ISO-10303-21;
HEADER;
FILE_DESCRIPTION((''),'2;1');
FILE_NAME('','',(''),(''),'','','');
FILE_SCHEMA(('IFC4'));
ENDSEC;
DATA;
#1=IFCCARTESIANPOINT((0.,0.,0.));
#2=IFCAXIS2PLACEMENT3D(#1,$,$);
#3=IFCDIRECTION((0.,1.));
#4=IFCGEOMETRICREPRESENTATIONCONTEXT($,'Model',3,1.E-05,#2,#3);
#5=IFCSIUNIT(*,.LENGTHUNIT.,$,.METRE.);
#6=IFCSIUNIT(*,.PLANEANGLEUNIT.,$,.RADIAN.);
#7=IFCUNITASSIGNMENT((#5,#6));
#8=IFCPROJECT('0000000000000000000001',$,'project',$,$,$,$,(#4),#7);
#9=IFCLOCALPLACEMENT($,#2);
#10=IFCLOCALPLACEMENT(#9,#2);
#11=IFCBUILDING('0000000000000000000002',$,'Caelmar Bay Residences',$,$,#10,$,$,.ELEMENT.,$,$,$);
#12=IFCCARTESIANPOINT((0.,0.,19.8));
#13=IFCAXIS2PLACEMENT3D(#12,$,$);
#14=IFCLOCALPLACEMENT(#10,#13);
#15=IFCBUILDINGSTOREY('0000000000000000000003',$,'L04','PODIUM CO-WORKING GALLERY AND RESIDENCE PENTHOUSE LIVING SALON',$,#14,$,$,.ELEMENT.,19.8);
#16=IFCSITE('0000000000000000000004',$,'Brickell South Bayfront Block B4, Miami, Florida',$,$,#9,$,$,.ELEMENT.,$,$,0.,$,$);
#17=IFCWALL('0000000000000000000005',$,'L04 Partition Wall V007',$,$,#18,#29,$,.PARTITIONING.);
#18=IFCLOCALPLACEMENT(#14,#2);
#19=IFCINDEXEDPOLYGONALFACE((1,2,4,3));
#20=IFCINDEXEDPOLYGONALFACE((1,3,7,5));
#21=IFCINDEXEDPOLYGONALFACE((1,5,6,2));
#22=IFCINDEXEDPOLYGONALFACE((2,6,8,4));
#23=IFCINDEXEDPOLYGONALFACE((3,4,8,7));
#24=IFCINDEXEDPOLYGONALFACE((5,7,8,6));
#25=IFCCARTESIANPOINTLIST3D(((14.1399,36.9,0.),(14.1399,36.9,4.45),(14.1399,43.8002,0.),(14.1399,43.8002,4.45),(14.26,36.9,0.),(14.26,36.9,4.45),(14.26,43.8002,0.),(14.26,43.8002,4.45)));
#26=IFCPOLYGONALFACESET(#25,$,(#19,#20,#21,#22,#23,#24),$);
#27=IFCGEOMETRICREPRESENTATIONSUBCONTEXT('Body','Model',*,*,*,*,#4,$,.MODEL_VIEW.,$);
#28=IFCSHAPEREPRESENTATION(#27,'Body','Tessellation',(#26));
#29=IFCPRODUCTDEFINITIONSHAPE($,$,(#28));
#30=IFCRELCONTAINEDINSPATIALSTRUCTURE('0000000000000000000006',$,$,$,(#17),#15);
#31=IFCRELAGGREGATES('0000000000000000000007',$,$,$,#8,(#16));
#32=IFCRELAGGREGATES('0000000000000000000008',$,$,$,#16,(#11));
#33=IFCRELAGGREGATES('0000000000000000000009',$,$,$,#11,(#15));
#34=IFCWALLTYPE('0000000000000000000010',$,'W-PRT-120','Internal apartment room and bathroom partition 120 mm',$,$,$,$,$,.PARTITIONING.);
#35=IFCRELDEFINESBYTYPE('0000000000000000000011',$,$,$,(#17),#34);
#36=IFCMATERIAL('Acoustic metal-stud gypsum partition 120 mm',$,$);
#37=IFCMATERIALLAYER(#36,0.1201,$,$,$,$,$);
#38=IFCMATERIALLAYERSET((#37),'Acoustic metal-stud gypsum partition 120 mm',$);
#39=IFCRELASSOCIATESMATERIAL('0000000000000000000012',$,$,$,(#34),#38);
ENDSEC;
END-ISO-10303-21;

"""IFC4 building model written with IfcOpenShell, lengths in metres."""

from ifc_helpers import new_model, si_unit, direction, frame, frame_2d, origin, place, context, subcontext, project, spatial, rectangle, extrude, material, layer, layer_set, type_object, element, save


model = new_model("IFC4")

# Units and contexts
model_context = context("Model", 3, precision=1e-05, world=origin(), true_north=direction((0.0, 1.0)))
body_context = subcontext(model_context, "Body", "Model", "MODEL_VIEW")
ifc_project = project(units=[si_unit("LENGTHUNIT", "METRE"), si_unit("PLANEANGLEUNIT", "RADIAN")], contexts=[model_context])

# Site, building, storey
site_placement = place(None, origin())
site = spatial("IfcSite", under=ifc_project, at=site_placement, Name="Brickell South Bayfront Block B4, Miami, Florida", CompositionType="ELEMENT", RefElevation=0.0)
building_placement = place(site_placement, origin())
building = spatial("IfcBuilding", under=site, at=building_placement, Name="Caelmar Bay Residences", CompositionType="ELEMENT")
storey_placement = place(building_placement, frame((0.0, 0.0, 19.8)))
storey = spatial("IfcBuildingStorey", under=building, at=storey_placement, Name="L04", Description="PODIUM CO-WORKING GALLERY AND RESIDENCE PENTHOUSE LIVING SALON", CompositionType="ELEMENT", Elevation=19.8)

# Wall
ifc_material_1 = material(Name="Acoustic metal-stud gypsum partition 120 mm")
ifc_layer_1 = layer(ifc_material_1, 0.1201)
ifc_layer_set_1 = layer_set([ifc_layer_1], Name="Acoustic metal-stud gypsum partition 120 mm")
wall_type_1 = type_object("IfcWallType", Name="W-PRT-120", Description="Internal apartment room and bathroom partition 120 mm", PredefinedType="PARTITIONING", material=ifc_layer_set_1)
wall_1_placement = place(storey_placement, frame((14.2, 36.8999, 0.0), z_axis=(0.0, 0.0, 1.0), x_axis=(0.0, 1.0, 0.0)))
element("IfcWall", 1, at=wall_1_placement, inside=storey, type_object=wall_type_1, Name="L04 Partition Wall V007", PredefinedType="PARTITIONING", context=body_context, shape_type="SweptSolid", body=[
    extrude(rectangle(XDim=6.9001, YDim=0.1201, at=frame_2d((3.4502, 0.0))), origin(), (0.0, 0.0, 1.0), 4.45),
])

save(model, "model.ifc")
